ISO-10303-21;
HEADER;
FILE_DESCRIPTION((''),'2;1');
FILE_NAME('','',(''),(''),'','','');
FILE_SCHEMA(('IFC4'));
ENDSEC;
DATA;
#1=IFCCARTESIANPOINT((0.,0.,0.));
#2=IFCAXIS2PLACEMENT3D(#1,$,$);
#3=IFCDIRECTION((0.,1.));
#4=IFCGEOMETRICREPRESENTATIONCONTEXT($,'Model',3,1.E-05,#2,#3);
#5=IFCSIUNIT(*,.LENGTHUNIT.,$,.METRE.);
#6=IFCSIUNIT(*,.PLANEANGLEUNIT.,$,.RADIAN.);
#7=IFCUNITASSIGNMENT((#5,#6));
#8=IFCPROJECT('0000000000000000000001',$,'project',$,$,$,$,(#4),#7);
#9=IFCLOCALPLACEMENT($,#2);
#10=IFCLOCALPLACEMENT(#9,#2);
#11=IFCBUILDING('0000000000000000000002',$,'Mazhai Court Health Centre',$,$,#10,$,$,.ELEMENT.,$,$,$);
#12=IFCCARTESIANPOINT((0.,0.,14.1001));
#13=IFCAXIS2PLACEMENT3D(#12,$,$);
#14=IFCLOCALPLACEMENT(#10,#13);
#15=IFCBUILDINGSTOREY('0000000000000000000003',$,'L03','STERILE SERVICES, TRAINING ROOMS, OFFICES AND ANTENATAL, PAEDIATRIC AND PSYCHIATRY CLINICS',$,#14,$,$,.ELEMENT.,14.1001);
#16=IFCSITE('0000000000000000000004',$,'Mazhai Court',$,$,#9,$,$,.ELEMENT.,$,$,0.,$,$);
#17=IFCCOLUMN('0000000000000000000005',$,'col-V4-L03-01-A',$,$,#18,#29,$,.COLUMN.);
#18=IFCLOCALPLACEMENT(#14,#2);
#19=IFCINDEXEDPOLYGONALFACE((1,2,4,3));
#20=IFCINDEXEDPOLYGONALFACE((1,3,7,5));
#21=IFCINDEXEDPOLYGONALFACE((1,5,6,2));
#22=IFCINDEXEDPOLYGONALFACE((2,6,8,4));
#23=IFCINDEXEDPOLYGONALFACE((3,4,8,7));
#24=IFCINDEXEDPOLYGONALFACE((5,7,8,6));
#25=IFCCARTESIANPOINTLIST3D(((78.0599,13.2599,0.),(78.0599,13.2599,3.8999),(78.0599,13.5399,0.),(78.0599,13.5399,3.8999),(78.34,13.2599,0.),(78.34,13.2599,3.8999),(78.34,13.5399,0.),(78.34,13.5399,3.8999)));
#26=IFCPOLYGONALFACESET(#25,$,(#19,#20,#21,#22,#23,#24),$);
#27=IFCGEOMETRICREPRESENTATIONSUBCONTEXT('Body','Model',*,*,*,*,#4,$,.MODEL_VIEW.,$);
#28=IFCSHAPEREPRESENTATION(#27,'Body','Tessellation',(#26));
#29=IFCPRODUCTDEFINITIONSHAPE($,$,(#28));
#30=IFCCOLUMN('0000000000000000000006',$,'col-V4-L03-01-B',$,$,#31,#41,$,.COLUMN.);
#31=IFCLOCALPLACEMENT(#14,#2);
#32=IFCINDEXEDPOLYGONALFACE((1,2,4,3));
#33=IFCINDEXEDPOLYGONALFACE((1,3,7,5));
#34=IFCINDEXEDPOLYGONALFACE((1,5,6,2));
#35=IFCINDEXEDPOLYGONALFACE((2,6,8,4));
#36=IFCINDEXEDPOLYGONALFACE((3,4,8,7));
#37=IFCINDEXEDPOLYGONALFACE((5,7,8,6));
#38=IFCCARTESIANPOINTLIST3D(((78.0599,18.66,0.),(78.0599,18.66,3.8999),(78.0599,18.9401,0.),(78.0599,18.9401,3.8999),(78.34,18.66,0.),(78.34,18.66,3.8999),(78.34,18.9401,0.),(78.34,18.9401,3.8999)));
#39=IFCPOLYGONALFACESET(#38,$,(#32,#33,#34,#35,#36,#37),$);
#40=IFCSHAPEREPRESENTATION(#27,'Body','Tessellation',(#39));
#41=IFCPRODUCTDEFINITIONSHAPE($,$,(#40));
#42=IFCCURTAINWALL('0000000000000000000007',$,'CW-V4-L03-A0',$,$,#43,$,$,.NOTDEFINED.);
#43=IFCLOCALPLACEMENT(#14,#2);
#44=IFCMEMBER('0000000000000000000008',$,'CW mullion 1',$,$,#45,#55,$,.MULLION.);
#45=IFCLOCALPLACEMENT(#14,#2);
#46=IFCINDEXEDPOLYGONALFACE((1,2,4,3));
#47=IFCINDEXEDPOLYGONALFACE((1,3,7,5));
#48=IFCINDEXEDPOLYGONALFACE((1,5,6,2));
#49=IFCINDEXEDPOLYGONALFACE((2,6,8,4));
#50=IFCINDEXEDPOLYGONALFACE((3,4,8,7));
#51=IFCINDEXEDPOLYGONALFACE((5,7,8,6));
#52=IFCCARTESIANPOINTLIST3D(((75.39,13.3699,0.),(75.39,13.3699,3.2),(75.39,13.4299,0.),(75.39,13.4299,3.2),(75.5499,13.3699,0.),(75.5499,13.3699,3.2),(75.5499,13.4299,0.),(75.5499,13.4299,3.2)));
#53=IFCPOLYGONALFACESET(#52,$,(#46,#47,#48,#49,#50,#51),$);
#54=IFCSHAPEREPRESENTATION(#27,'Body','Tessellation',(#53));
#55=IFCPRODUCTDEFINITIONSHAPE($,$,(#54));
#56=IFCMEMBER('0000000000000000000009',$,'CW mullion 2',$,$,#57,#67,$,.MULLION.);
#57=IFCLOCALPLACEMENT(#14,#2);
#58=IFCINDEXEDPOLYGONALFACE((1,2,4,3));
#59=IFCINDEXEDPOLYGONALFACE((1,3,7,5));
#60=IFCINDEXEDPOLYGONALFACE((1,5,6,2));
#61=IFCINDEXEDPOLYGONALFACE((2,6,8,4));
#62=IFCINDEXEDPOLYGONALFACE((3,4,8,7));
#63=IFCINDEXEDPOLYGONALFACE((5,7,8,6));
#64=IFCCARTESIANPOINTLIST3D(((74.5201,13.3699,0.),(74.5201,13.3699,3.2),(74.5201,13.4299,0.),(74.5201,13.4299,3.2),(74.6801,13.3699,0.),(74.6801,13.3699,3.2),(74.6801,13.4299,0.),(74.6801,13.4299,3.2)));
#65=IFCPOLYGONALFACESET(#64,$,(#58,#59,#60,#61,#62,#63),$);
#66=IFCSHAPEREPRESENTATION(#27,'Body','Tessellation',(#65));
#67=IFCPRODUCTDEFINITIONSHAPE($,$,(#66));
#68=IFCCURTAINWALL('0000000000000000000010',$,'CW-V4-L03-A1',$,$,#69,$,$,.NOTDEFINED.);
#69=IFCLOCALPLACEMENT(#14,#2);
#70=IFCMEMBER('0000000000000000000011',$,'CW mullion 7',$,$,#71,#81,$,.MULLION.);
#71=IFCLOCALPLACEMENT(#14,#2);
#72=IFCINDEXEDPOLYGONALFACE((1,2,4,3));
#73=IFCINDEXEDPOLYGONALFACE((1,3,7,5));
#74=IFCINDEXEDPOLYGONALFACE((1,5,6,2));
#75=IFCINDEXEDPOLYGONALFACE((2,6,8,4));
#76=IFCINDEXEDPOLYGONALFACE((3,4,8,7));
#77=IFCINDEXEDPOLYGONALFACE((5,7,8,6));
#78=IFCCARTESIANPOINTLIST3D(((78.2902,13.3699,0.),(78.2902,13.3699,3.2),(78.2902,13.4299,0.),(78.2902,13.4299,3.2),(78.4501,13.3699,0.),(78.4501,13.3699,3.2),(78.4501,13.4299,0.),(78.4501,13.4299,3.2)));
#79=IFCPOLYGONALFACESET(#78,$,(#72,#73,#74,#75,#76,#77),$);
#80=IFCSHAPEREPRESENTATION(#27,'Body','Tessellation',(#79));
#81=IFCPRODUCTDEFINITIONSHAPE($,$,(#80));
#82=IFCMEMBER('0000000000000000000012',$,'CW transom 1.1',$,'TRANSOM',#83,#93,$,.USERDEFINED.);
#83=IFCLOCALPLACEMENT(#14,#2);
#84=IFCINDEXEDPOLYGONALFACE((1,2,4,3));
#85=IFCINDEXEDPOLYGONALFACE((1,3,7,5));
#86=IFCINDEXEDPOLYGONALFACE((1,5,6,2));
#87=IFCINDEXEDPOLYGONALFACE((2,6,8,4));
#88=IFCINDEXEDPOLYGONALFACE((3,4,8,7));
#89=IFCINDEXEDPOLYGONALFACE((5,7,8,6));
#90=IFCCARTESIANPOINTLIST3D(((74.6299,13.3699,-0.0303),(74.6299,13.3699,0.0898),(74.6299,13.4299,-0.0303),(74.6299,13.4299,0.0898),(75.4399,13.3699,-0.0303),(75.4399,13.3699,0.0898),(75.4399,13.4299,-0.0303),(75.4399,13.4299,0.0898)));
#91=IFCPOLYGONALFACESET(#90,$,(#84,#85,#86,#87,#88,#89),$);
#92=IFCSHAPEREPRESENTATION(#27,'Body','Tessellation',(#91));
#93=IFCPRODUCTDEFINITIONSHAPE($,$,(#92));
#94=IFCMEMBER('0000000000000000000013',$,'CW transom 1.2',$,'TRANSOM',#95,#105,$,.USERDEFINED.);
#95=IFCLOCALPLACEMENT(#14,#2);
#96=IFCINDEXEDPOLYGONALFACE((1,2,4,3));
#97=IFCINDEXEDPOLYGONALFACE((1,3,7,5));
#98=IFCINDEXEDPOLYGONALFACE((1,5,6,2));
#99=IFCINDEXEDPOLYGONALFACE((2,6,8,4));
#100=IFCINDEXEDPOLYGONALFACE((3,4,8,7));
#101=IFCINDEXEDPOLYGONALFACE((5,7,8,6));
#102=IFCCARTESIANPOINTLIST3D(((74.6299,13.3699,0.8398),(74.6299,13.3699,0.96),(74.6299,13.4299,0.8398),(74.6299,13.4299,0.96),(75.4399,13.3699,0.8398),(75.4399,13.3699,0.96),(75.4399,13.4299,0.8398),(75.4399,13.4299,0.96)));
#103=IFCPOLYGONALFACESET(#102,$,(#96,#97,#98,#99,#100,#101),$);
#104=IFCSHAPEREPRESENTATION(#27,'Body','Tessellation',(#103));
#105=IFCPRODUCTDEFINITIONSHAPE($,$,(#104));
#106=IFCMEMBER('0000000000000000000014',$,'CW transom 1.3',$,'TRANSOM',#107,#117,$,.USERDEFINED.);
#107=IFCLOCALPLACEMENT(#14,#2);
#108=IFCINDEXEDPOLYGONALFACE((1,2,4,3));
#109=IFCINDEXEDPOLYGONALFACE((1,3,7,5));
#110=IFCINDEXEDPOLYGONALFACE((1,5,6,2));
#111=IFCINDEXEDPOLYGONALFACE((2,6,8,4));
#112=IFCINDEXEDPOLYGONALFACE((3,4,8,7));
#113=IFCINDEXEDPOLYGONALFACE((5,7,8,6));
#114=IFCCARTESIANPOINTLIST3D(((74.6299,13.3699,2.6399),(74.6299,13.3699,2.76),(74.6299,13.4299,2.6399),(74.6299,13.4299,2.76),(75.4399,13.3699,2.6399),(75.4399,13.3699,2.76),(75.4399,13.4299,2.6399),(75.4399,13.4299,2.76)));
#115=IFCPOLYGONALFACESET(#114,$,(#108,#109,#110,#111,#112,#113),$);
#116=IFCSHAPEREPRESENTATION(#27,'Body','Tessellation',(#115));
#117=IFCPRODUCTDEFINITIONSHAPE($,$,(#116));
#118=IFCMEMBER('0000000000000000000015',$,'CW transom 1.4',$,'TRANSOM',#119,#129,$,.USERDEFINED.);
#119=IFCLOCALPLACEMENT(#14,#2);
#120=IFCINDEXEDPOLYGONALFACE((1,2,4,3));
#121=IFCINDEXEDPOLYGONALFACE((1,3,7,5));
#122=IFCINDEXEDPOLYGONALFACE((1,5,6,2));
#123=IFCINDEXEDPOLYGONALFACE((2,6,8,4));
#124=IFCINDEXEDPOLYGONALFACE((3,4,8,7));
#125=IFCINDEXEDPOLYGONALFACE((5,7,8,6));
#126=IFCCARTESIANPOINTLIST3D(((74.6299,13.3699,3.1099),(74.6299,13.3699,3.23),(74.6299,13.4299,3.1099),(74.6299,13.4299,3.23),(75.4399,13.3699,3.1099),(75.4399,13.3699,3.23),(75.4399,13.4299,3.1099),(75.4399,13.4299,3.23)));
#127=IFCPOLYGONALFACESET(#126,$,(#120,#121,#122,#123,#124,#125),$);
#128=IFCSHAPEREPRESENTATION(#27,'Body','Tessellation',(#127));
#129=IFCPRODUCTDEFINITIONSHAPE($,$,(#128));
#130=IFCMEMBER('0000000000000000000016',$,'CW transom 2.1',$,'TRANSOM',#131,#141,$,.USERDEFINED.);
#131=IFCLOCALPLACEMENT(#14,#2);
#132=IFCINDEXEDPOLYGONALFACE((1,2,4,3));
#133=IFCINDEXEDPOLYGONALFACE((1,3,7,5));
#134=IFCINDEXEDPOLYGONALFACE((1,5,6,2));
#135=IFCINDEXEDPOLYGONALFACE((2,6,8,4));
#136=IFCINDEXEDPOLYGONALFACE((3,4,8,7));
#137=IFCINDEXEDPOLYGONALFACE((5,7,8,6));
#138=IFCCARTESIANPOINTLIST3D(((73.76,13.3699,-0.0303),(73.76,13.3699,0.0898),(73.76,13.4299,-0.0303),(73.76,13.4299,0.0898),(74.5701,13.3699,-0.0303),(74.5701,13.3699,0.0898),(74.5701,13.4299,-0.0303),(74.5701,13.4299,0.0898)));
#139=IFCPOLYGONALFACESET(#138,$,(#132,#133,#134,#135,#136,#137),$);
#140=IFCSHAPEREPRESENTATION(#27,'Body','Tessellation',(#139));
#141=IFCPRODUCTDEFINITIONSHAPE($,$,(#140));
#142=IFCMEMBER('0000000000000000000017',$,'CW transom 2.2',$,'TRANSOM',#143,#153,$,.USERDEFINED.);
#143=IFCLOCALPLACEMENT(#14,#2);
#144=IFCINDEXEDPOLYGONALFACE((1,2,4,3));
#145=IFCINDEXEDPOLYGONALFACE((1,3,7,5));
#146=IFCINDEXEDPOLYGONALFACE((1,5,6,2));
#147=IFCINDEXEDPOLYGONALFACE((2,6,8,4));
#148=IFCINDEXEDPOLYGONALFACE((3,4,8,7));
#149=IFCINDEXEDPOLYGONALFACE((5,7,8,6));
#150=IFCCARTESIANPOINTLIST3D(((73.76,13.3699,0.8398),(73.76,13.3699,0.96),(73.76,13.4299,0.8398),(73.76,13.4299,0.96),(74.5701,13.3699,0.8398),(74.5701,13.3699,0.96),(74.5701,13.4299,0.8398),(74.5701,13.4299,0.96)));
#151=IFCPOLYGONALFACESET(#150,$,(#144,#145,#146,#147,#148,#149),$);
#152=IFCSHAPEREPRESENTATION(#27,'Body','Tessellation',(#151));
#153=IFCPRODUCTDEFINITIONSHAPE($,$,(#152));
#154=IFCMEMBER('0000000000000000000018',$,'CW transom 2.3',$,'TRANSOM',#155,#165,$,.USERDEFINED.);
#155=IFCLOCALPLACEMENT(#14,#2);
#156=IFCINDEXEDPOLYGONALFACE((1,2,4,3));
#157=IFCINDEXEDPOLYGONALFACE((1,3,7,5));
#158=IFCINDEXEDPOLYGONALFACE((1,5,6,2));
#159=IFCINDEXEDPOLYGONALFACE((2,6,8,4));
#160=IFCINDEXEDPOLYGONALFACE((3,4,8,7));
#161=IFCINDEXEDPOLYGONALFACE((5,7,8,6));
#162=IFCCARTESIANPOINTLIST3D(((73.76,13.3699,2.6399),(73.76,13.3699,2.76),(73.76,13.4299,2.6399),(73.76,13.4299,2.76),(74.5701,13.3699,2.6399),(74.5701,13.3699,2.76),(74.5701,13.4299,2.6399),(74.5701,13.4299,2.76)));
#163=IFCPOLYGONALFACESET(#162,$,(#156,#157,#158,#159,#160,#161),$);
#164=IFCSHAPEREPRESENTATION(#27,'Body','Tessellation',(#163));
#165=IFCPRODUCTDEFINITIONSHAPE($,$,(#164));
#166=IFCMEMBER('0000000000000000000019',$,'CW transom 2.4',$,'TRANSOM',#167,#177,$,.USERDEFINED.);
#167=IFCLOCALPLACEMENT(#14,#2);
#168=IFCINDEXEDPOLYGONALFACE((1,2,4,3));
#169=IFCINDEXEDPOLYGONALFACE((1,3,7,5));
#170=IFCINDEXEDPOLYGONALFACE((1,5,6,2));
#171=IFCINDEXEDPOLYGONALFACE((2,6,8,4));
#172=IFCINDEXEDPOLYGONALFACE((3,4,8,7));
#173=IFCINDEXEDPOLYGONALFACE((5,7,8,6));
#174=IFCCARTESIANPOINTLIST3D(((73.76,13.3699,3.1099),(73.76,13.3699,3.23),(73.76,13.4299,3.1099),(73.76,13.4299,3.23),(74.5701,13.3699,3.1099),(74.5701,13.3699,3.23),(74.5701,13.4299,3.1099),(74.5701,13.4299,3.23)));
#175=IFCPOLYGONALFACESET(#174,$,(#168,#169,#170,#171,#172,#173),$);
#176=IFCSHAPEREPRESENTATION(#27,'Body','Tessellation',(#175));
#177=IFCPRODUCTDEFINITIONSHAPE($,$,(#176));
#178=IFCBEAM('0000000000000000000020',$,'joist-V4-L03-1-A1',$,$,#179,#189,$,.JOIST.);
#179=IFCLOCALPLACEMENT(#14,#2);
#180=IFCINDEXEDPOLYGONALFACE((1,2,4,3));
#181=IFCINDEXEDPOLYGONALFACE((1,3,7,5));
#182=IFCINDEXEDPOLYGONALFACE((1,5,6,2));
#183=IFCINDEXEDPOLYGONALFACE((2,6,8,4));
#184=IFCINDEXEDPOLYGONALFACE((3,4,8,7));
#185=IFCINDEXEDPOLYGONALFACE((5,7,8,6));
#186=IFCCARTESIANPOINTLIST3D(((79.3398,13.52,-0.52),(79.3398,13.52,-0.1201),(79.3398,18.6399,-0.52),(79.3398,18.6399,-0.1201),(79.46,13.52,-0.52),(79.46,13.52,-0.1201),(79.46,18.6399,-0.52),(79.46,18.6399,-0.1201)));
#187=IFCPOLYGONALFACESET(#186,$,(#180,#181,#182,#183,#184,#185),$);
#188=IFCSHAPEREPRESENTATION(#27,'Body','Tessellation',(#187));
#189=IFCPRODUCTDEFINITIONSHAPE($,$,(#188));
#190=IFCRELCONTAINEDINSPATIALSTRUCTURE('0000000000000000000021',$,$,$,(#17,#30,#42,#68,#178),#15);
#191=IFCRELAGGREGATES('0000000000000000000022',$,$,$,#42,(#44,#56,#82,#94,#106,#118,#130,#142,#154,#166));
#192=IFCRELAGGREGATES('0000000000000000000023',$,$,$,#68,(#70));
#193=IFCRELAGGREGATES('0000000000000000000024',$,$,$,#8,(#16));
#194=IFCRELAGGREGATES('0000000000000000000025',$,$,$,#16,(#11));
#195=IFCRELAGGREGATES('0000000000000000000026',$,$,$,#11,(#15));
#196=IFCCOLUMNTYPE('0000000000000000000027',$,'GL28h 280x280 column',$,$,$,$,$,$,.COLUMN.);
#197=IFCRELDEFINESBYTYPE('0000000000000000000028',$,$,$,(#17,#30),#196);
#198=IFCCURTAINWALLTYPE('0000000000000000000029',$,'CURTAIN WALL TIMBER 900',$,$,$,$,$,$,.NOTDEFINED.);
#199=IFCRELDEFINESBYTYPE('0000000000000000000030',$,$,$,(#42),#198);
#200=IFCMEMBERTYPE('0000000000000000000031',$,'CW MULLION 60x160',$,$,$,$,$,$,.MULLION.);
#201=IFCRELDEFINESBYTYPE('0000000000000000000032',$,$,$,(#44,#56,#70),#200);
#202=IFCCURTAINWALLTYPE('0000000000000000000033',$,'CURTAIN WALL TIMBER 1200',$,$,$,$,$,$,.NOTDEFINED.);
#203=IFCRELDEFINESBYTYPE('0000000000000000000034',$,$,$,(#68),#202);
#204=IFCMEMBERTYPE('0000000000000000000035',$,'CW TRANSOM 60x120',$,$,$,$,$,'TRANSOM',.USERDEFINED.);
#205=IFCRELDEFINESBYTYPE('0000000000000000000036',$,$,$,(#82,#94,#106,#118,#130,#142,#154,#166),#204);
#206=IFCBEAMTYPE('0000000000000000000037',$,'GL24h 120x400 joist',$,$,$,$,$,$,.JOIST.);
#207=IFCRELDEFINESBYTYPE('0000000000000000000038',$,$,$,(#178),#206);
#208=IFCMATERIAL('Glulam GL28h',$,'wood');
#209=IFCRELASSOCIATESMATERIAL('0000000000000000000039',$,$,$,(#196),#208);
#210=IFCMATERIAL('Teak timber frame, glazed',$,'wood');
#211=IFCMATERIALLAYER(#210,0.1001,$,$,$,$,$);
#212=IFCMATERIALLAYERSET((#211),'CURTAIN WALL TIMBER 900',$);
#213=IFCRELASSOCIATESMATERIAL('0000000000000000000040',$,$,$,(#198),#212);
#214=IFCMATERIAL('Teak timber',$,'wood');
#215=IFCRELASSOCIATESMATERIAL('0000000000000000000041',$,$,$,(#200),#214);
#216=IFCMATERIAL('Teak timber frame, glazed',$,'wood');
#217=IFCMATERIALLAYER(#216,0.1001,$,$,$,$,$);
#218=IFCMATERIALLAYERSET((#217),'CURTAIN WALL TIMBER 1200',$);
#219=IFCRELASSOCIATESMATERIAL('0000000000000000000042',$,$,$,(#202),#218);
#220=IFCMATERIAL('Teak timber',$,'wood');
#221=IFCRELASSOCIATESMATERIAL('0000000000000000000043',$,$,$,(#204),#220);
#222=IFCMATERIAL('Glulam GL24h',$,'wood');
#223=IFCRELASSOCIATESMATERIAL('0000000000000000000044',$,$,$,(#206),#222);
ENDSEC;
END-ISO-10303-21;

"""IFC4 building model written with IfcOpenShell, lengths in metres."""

from ifc_helpers import new_model, si_unit, direction, frame, origin, origin_2d, place, context, subcontext, project, spatial, rectangle, extrude, material, layer, layer_set, material_profile, profile_set, type_object, element, aggregate, save


model = new_model("IFC4")

# Units and contexts
model_context = context("Model", 3, precision=1e-05, world=origin(), true_north=direction((0.0, 1.0)))
body_context = subcontext(model_context, "Body", "Model", "MODEL_VIEW")
ifc_project = project(units=[si_unit("LENGTHUNIT", "METRE"), si_unit("PLANEANGLEUNIT", "RADIAN")], contexts=[model_context])

# Site, building, storey
site_placement = place(None, origin())
site = spatial("IfcSite", under=ifc_project, at=site_placement, Name="Mazhai Court", CompositionType="ELEMENT", RefElevation=0.0)
building_placement = place(site_placement, origin())
building = spatial("IfcBuilding", under=site, at=building_placement, Name="Mazhai Court Health Centre", CompositionType="ELEMENT")
storey_placement = place(building_placement, frame((0.0, 0.0, 14.1001)))
storey = spatial("IfcBuildingStorey", under=building, at=storey_placement, Name="L03", Description="STERILE SERVICES, TRAINING ROOMS, OFFICES AND ANTENATAL, PAEDIATRIC AND PSYCHIATRY CLINICS", CompositionType="ELEMENT", Elevation=14.1001)

# Columns
ifc_material_1 = material(Name="Glulam GL28h", Category="wood")
ifc_material_profile_1 = material_profile(ifc_material_1, rectangle(XDim=0.28, YDim=0.28, at=origin_2d()), Name="GL28h 280x280")
ifc_profile_set_1 = profile_set([ifc_material_profile_1], Name="Glulam GL28h")
column_type = type_object("IfcColumnType", Name="GL28h 280x280 column", PredefinedType="COLUMN", material=ifc_profile_set_1)
for number, where, z_axis, x_axis, name in (
    (1, (78.2, 13.3999, 0.0), (0.0, 0.0, 1.0), (1.0, 0.0, 0.0), "col-V4-L03-01-A"),
    (2, (78.2, 18.8, 0.0), (0.0, 0.0, 1.0), (1.0, 0.0, 0.0), "col-V4-L03-01-B"),
):
    element("IfcColumn", number, at=place(storey_placement, frame(where, z_axis=z_axis, x_axis=x_axis)), inside=storey, type_object=column_type, Name=name, PredefinedType="COLUMN", context=body_context, shape_type="SweptSolid", body=[
        extrude(rectangle(XDim=0.28, YDim=0.28, at=origin_2d()), origin(), (0.0, 0.0, 1.0), 3.8999),
    ])

# Curtain wall, members
ifc_material_2 = material(Name="Teak timber frame, glazed", Category="wood")
ifc_layer_1 = layer(ifc_material_2, 0.1001)
ifc_layer_set_1 = layer_set([ifc_layer_1], Name="CURTAIN WALL TIMBER 900")
curtain_wall_type_1 = type_object("IfcCurtainWallType", Name="CURTAIN WALL TIMBER 900", PredefinedType="NOTDEFINED", material=ifc_layer_set_1)
curtain_wall_1_placement = place(storey_placement, origin())
curtain_wall_1 = element("IfcCurtainWall", 3, at=curtain_wall_1_placement, inside=storey, type_object=curtain_wall_type_1, Name="CW-V4-L03-A0", PredefinedType="NOTDEFINED")
ifc_material_3 = material(Name="Teak timber", Category="wood")
ifc_material_profile_2 = material_profile(ifc_material_3, rectangle(XDim=0.0601, YDim=0.1599, at=origin_2d()), Name="CW MULLION 60x160")
ifc_profile_set_2 = profile_set([ifc_material_profile_2], Name="Teak timber")
member_type_1 = type_object("IfcMemberType", Name="CW MULLION 60x160", PredefinedType="MULLION", material=ifc_profile_set_2)
member_1_placement = place(storey_placement, frame((75.47, 13.3999, 0.0), z_axis=(0.0, 0.0, 1.0), x_axis=(0.0, -1.0, 0.0)))
member_1 = element("IfcMember", 4, at=member_1_placement, type_object=member_type_1, Name="CW mullion 1", PredefinedType="MULLION", context=body_context, shape_type="SweptSolid", body=[
    extrude(rectangle(XDim=0.0601, YDim=0.1599, at=origin_2d()), origin(), (0.0, 0.0, 1.0), 3.2),
])
member_2_placement = place(storey_placement, frame((74.6001, 13.3999, 0.0), z_axis=(0.0, 0.0, 1.0), x_axis=(0.0, -1.0, 0.0)))
member_2 = element("IfcMember", 5, at=member_2_placement, type_object=member_type_1, Name="CW mullion 2", PredefinedType="MULLION", context=body_context, shape_type="SweptSolid", body=[
    extrude(rectangle(XDim=0.0601, YDim=0.1599, at=origin_2d()), origin(), (0.0, 0.0, 1.0), 3.2),
])

# Curtain wall, member
ifc_material_4 = material(Name="Teak timber frame, glazed", Category="wood")
ifc_layer_2 = layer(ifc_material_4, 0.1001)
ifc_layer_set_2 = layer_set([ifc_layer_2], Name="CURTAIN WALL TIMBER 1200")
curtain_wall_type_2 = type_object("IfcCurtainWallType", Name="CURTAIN WALL TIMBER 1200", PredefinedType="NOTDEFINED", material=ifc_layer_set_2)
curtain_wall_2_placement = place(storey_placement, origin())
curtain_wall_2 = element("IfcCurtainWall", 6, at=curtain_wall_2_placement, inside=storey, type_object=curtain_wall_type_2, Name="CW-V4-L03-A1", PredefinedType="NOTDEFINED")
member_3_placement = place(storey_placement, frame((78.3701, 13.3999, 0.0), z_axis=(0.0, 0.0, 1.0), x_axis=(0.0, -1.0, 0.0)))
member_3 = element("IfcMember", 7, at=member_3_placement, type_object=member_type_1, Name="CW mullion 7", PredefinedType="MULLION", context=body_context, shape_type="SweptSolid", body=[
    extrude(rectangle(XDim=0.0601, YDim=0.1599, at=origin_2d()), origin(), (0.0, 0.0, 1.0), 3.2),
])

# Members
ifc_material_5 = material(Name="Teak timber", Category="wood")
ifc_material_profile_3 = material_profile(ifc_material_5, rectangle(XDim=0.0601, YDim=0.1201, at=origin_2d()), Name="CW TRANSOM 60x120")
ifc_profile_set_3 = profile_set([ifc_material_profile_3], Name="Teak timber")
member_type_2 = type_object("IfcMemberType", Name="CW TRANSOM 60x120", ElementType="TRANSOM", PredefinedType="USERDEFINED", material=ifc_profile_set_3)
member_4_placement = place(storey_placement, frame((75.4399, 13.3999, 0.0298), z_axis=(-1.0, 0.0, 0.0), x_axis=(0.0, -1.0, 0.0)))
member_4 = element("IfcMember", 8, at=member_4_placement, type_object=member_type_2, Name="CW transom 1.1", ObjectType="TRANSOM", PredefinedType="USERDEFINED", context=body_context, shape_type="SweptSolid", body=[
    extrude(rectangle(XDim=0.0601, YDim=0.1201, at=origin_2d()), origin(), (0.0, 0.0, 1.0), 0.8101),
])
member_5_placement = place(storey_placement, frame((75.4399, 13.3999, 0.8999), z_axis=(-1.0, 0.0, 0.0), x_axis=(0.0, -1.0, 0.0)))
member_5 = element("IfcMember", 9, at=member_5_placement, type_object=member_type_2, Name="CW transom 1.2", ObjectType="TRANSOM", PredefinedType="USERDEFINED", context=body_context, shape_type="SweptSolid", body=[
    extrude(rectangle(XDim=0.0601, YDim=0.1201, at=origin_2d()), origin(), (0.0, 0.0, 1.0), 0.8101),
])
member_6_placement = place(storey_placement, frame((75.4399, 13.3999, 2.7), z_axis=(-1.0, 0.0, 0.0), x_axis=(0.0, -1.0, 0.0)))
member_6 = element("IfcMember", 10, at=member_6_placement, type_object=member_type_2, Name="CW transom 1.3", ObjectType="TRANSOM", PredefinedType="USERDEFINED", context=body_context, shape_type="SweptSolid", body=[
    extrude(rectangle(XDim=0.0601, YDim=0.1201, at=origin_2d()), origin(), (0.0, 0.0, 1.0), 0.8101),
])
member_7_placement = place(storey_placement, frame((75.4399, 13.3999, 3.1699), z_axis=(-1.0, 0.0, 0.0), x_axis=(0.0, -1.0, 0.0)))
member_7 = element("IfcMember", 11, at=member_7_placement, type_object=member_type_2, Name="CW transom 1.4", ObjectType="TRANSOM", PredefinedType="USERDEFINED", context=body_context, shape_type="SweptSolid", body=[
    extrude(rectangle(XDim=0.0601, YDim=0.1201, at=origin_2d()), origin(), (0.0, 0.0, 1.0), 0.8101),
])
member_8_placement = place(storey_placement, frame((74.5701, 13.3999, 0.0298), z_axis=(-1.0, 0.0, 0.0), x_axis=(0.0, -1.0, 0.0)))
member_8 = element("IfcMember", 12, at=member_8_placement, type_object=member_type_2, Name="CW transom 2.1", ObjectType="TRANSOM", PredefinedType="USERDEFINED", context=body_context, shape_type="SweptSolid", body=[
    extrude(rectangle(XDim=0.0601, YDim=0.1201, at=origin_2d()), origin(), (0.0, 0.0, 1.0), 0.8101),
])
member_9_placement = place(storey_placement, frame((74.5701, 13.3999, 0.8999), z_axis=(-1.0, 0.0, 0.0), x_axis=(0.0, -1.0, 0.0)))
member_9 = element("IfcMember", 13, at=member_9_placement, type_object=member_type_2, Name="CW transom 2.2", ObjectType="TRANSOM", PredefinedType="USERDEFINED", context=body_context, shape_type="SweptSolid", body=[
    extrude(rectangle(XDim=0.0601, YDim=0.1201, at=origin_2d()), origin(), (0.0, 0.0, 1.0), 0.8101),
])
member_10_placement = place(storey_placement, frame((74.5701, 13.3999, 2.7), z_axis=(-1.0, 0.0, 0.0), x_axis=(0.0, -1.0, 0.0)))
member_10 = element("IfcMember", 14, at=member_10_placement, type_object=member_type_2, Name="CW transom 2.3", ObjectType="TRANSOM", PredefinedType="USERDEFINED", context=body_context, shape_type="SweptSolid", body=[
    extrude(rectangle(XDim=0.0601, YDim=0.1201, at=origin_2d()), origin(), (0.0, 0.0, 1.0), 0.8101),
])
member_11_placement = place(storey_placement, frame((74.5701, 13.3999, 3.1699), z_axis=(-1.0, 0.0, 0.0), x_axis=(0.0, -1.0, 0.0)))
member_11 = element("IfcMember", 15, at=member_11_placement, type_object=member_type_2, Name="CW transom 2.4", ObjectType="TRANSOM", PredefinedType="USERDEFINED", context=body_context, shape_type="SweptSolid", body=[
    extrude(rectangle(XDim=0.0601, YDim=0.1201, at=origin_2d()), origin(), (0.0, 0.0, 1.0), 0.8101),
])

# Beam
ifc_material_6 = material(Name="Glulam GL24h", Category="wood")
ifc_material_profile_4 = material_profile(ifc_material_6, rectangle(XDim=0.1201, YDim=0.3999, at=origin_2d()), Name="GL24h 120x400")
ifc_profile_set_4 = profile_set([ifc_material_profile_4], Name="Glulam GL24h")
beam_type_1 = type_object("IfcBeamType", Name="GL24h 120x400 joist", PredefinedType="JOIST", material=ifc_profile_set_4)
beam_1_placement = place(storey_placement, frame((79.3999, 13.52, -0.3201), z_axis=(0.0, 1.0, 0.0), x_axis=(-1.0, 0.0, 0.0)))
element("IfcBeam", 16, at=beam_1_placement, inside=storey, type_object=beam_type_1, Name="joist-V4-L03-1-A1", PredefinedType="JOIST", context=body_context, shape_type="SweptSolid", body=[
    extrude(rectangle(XDim=0.1201, YDim=0.3999, at=origin_2d()), origin(), (0.0, 0.0, 1.0), 5.1199),
])

aggregate(curtain_wall_1, [member_1, member_2, member_4, member_5, member_6, member_7, member_8, member_9, member_10, member_11])
aggregate(curtain_wall_2, [member_3])

save(model, "model.ifc")
